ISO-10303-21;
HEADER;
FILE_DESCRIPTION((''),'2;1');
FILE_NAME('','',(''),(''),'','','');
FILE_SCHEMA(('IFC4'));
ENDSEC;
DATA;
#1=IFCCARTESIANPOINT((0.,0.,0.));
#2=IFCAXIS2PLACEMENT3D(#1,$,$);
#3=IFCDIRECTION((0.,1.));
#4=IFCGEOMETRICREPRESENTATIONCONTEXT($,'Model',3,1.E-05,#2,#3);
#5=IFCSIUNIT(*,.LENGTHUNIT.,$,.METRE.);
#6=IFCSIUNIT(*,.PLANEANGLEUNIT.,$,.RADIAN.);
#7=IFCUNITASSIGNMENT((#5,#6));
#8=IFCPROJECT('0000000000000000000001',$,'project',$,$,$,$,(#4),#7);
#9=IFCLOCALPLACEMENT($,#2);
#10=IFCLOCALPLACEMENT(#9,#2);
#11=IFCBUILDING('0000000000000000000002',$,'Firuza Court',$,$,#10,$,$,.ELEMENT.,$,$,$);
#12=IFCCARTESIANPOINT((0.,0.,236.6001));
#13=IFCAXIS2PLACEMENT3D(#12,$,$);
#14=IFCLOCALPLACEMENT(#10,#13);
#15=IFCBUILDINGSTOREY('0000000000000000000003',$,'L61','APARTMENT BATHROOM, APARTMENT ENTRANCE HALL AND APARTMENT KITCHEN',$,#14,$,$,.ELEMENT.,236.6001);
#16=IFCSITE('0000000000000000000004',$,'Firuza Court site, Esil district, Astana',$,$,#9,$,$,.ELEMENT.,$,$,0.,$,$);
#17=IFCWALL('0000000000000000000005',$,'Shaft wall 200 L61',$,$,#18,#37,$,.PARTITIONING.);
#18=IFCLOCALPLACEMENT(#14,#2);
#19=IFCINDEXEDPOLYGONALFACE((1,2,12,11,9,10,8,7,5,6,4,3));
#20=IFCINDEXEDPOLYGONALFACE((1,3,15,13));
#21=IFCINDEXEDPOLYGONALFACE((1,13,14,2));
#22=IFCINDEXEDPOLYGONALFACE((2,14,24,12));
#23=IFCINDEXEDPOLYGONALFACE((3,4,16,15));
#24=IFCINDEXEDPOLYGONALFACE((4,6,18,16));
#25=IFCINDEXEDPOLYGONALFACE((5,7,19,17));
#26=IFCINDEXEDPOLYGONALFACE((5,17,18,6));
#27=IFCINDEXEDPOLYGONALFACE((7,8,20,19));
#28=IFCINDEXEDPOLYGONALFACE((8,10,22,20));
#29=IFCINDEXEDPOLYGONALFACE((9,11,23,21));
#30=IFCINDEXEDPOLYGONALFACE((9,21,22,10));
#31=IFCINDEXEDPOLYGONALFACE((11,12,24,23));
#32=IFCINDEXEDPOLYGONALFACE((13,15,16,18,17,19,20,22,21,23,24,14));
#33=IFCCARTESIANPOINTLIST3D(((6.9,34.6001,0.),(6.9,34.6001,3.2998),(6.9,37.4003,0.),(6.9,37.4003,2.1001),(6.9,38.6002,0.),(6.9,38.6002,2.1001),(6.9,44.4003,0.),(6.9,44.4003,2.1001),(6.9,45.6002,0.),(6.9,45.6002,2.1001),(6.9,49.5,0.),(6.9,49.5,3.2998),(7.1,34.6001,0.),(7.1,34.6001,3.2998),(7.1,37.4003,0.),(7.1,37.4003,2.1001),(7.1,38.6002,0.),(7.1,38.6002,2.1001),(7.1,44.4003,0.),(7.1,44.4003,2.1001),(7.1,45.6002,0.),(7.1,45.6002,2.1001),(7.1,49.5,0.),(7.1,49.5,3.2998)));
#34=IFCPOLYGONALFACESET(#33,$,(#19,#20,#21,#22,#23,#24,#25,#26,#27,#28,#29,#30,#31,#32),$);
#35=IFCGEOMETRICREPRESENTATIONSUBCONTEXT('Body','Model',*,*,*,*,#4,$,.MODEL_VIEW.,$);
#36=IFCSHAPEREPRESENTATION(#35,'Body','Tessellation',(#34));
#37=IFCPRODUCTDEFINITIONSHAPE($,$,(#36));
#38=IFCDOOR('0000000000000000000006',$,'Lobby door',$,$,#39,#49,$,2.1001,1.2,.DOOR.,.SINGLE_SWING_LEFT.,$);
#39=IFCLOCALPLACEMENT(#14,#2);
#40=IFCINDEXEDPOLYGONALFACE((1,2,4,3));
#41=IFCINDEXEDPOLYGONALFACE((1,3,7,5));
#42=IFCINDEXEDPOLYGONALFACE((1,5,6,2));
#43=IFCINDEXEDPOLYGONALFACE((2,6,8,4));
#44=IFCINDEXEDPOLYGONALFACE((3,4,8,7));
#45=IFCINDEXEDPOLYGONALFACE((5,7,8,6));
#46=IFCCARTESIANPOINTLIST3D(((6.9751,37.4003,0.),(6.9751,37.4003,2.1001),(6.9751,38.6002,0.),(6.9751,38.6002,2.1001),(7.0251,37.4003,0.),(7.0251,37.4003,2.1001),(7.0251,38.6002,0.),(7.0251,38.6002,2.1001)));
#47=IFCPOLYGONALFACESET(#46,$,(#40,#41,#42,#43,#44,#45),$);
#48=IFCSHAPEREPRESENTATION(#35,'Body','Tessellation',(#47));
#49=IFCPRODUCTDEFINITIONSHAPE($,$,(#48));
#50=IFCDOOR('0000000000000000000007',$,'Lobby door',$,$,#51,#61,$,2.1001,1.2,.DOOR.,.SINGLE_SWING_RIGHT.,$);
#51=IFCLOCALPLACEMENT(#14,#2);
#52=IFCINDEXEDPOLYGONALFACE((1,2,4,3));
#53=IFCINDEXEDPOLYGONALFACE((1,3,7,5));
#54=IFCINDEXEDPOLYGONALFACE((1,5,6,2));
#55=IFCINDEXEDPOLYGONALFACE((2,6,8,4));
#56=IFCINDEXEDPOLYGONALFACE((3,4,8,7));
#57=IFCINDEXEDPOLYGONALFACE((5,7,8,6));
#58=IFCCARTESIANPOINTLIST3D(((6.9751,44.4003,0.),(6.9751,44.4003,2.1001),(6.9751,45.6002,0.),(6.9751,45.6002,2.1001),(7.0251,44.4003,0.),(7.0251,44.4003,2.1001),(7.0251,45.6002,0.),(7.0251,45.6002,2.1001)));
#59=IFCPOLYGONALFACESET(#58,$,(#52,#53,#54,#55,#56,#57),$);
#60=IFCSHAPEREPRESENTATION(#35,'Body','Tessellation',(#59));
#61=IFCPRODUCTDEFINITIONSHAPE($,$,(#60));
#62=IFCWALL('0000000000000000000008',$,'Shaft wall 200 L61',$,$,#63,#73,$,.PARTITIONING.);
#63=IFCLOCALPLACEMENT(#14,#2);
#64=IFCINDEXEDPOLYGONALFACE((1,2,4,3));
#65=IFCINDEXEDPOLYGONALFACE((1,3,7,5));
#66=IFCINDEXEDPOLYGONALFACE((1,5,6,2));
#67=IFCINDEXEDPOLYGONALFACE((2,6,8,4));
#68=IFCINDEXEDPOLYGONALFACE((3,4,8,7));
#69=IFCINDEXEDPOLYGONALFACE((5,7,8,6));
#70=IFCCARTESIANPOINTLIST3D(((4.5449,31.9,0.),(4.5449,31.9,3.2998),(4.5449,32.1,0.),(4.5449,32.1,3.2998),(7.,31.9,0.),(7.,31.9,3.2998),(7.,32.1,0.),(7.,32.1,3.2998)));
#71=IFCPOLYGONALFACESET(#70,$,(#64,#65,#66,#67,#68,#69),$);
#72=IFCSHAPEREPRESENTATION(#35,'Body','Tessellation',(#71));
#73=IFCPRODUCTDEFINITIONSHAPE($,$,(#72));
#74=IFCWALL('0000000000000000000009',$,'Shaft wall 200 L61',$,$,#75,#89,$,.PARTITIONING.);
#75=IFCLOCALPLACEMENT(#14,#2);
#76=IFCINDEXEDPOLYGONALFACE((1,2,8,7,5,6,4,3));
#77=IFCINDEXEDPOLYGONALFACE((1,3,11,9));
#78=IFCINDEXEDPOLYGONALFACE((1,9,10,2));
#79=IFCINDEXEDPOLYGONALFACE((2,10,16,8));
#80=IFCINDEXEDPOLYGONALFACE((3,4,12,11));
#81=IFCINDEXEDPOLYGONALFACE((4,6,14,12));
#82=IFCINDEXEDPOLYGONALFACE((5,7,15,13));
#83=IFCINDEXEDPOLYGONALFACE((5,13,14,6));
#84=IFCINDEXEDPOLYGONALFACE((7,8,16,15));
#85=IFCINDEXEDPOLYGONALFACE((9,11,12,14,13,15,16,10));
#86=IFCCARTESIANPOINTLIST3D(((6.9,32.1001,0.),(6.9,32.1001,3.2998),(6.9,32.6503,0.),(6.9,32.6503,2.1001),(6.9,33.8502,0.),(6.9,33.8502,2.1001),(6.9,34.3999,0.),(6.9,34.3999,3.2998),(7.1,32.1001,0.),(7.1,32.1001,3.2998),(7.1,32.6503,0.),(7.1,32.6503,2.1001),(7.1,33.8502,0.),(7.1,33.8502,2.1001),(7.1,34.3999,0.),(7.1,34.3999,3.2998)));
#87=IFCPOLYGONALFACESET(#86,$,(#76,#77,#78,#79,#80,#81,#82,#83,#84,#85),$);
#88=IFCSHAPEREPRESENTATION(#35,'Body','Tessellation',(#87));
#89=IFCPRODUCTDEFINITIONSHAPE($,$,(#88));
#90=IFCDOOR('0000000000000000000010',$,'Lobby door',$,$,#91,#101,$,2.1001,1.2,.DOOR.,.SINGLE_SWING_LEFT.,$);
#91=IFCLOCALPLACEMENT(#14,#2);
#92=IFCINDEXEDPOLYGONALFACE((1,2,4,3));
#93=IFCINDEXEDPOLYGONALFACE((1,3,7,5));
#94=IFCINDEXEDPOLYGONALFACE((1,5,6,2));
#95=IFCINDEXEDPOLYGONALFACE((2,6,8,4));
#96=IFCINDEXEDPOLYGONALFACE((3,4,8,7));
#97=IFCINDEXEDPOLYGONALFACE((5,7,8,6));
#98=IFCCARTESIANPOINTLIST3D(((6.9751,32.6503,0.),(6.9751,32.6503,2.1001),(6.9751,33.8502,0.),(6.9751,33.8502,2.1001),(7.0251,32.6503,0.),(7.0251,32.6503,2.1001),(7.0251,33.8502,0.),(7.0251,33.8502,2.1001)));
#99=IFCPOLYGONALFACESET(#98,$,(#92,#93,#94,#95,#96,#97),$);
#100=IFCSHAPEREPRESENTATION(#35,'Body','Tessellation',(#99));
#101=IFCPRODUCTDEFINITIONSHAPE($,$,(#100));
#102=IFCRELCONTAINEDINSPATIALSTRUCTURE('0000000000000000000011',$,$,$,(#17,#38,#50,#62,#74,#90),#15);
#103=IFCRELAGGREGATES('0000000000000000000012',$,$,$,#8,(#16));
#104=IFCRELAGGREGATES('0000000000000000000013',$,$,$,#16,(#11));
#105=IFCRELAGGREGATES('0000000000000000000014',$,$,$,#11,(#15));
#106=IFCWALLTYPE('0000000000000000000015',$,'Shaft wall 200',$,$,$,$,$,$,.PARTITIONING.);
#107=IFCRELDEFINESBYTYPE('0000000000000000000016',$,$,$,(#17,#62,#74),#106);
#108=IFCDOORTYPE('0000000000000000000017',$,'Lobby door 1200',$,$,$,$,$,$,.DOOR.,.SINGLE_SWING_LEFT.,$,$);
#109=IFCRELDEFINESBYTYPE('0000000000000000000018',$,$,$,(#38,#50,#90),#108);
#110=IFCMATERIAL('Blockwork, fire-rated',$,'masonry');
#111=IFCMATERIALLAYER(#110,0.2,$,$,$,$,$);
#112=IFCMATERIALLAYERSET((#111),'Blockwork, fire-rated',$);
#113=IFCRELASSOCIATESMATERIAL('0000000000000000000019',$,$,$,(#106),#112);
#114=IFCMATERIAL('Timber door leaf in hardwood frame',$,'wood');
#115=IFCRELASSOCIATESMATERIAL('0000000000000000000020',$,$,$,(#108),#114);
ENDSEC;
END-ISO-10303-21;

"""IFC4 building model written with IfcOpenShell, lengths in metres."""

from ifc_helpers import new_model, si_unit, direction, frame, frame_2d, origin, place, context, subcontext, project, spatial, rectangle, extrude, material, layer, layer_set, type_object, element, fill, save


model = new_model("IFC4")

# Units and contexts
model_context = context("Model", 3, precision=1e-05, world=origin(), true_north=direction((0.0, 1.0)))
body_context = subcontext(model_context, "Body", "Model", "MODEL_VIEW")
ifc_project = project(units=[si_unit("LENGTHUNIT", "METRE"), si_unit("PLANEANGLEUNIT", "RADIAN")], contexts=[model_context])

# Site, building, storey
site_placement = place(None, origin())
site = spatial("IfcSite", under=ifc_project, at=site_placement, Name="Firuza Court site, Esil district, Astana", CompositionType="ELEMENT", RefElevation=0.0)
building_placement = place(site_placement, origin())
building = spatial("IfcBuilding", under=site, at=building_placement, Name="Firuza Court", CompositionType="ELEMENT")
storey_placement = place(building_placement, frame((0.0, 0.0, 236.6001)))
storey = spatial("IfcBuildingStorey", under=building, at=storey_placement, Name="L61", Description="APARTMENT BATHROOM, APARTMENT ENTRANCE HALL AND APARTMENT KITCHEN", CompositionType="ELEMENT", Elevation=236.6001)

# Shared definitions
ifc_material_1 = material(Name="Blockwork, fire-rated", Category="masonry")
ifc_layer_1 = layer(ifc_material_1, 0.2)
ifc_layer_set_1 = layer_set([ifc_layer_1], Name="Blockwork, fire-rated")
wall_type_1 = type_object("IfcWallType", Name="Shaft wall 200", PredefinedType="PARTITIONING", material=ifc_layer_set_1)

# Wall, openings, doors
wall_1_placement = place(storey_placement, frame((7.0, 34.6001, 0.0), z_axis=(0.0, 0.0, 1.0), x_axis=(0.0, 1.0, 0.0)))
wall_1 = element("IfcWall", 1, at=wall_1_placement, inside=storey, type_object=wall_type_1, Name="Shaft wall 200 L61", PredefinedType="PARTITIONING", context=body_context, shape_type="SweptSolid", body=[
    extrude(rectangle(XDim=14.8999, YDim=0.2, at=frame_2d((7.45, 0.0))), origin(), (0.0, 0.0, 1.0), 3.2998),
])
opening_1_placement = place(wall_1_placement, frame((2.8, 0.0, 0.0)))
opening_1 = element("IfcOpeningElement", 2, at=opening_1_placement, cuts=wall_1, PredefinedType="OPENING", context=body_context, shape_type="SweptSolid", body=[
    extrude(rectangle(XDim=1.2, YDim=2.1001, at=frame_2d((0.6001, 1.05))), frame((0.0, 0.1118, 0.0), z_axis=(0.0, -1.0, 0.0), x_axis=(1.0, 0.0, 0.0)), (0.0, 0.0, 1.0), 0.2239),
])
opening_2_placement = place(wall_1_placement, frame((9.8, 0.0, 0.0)))
opening_2 = element("IfcOpeningElement", 3, at=opening_2_placement, cuts=wall_1, PredefinedType="OPENING", context=body_context, shape_type="SweptSolid", body=[
    extrude(rectangle(XDim=1.2, YDim=2.1001, at=frame_2d((0.6001, 1.05))), frame((0.0, 0.1118, 0.0), z_axis=(0.0, -1.0, 0.0), x_axis=(1.0, 0.0, 0.0)), (0.0, 0.0, 1.0), 0.2239),
])
ifc_material_2 = material(Name="Timber door leaf in hardwood frame", Category="wood")
door_type_1 = type_object("IfcDoorType", Name="Lobby door 1200", OperationType="SINGLE_SWING_LEFT", PredefinedType="DOOR", material=ifc_material_2)
door_1_placement = place(opening_1_placement, origin())
door_1 = element("IfcDoor", 4, at=door_1_placement, inside=storey, type_object=door_type_1, Name="Lobby door", OperationType="SINGLE_SWING_LEFT", OverallHeight=2.1001, OverallWidth=1.2, PredefinedType="DOOR", context=body_context, shape_type="SweptSolid", body=[
    extrude(rectangle(XDim=1.2, YDim=2.1001, at=frame_2d((0.6001, 1.05))), frame((0.0, 0.0249, 0.0), z_axis=(0.0, -1.0, 0.0), x_axis=(1.0, 0.0, 0.0)), (0.0, 0.0, 1.0), 0.05),
])
fill(opening_1, door_1)
door_2_placement = place(opening_2_placement, origin())
door_2 = element("IfcDoor", 5, at=door_2_placement, inside=storey, type_object=door_type_1, Name="Lobby door", OperationType="SINGLE_SWING_RIGHT", OverallHeight=2.1001, OverallWidth=1.2, PredefinedType="DOOR", context=body_context, shape_type="SweptSolid", body=[
    extrude(rectangle(XDim=1.2, YDim=2.1001, at=frame_2d((0.6001, 1.05))), frame((0.0, 0.0249, 0.0), z_axis=(0.0, -1.0, 0.0), x_axis=(1.0, 0.0, 0.0)), (0.0, 0.0, 1.0), 0.05),
])
fill(opening_2, door_2)

# Wall
wall_2_placement = place(storey_placement, frame((4.5449, 32.0, 0.0), z_axis=(0.0, 0.0, 1.0), x_axis=(1.0, 0.0, 0.0)))
element("IfcWall", 6, at=wall_2_placement, inside=storey, type_object=wall_type_1, Name="Shaft wall 200 L61", PredefinedType="PARTITIONING", context=body_context, shape_type="SweptSolid", body=[
    extrude(rectangle(XDim=2.4551, YDim=0.2, at=frame_2d((1.2275, 0.0))), origin(), (0.0, 0.0, 1.0), 3.2998),
])

# Wall, opening, door
wall_3_placement = place(storey_placement, frame((7.0, 32.1001, 0.0), z_axis=(0.0, 0.0, 1.0), x_axis=(0.0, 1.0, 0.0)))
wall_3 = element("IfcWall", 7, at=wall_3_placement, inside=storey, type_object=wall_type_1, Name="Shaft wall 200 L61", PredefinedType="PARTITIONING", context=body_context, shape_type="SweptSolid", body=[
    extrude(rectangle(XDim=2.2998, YDim=0.2, at=frame_2d((1.1499, 0.0))), origin(), (0.0, 0.0, 1.0), 3.2998),
])
opening_3_placement = place(wall_3_placement, frame((0.55, 0.0, 0.0)))
opening_3 = element("IfcOpeningElement", 8, at=opening_3_placement, cuts=wall_3, PredefinedType="OPENING", context=body_context, shape_type="SweptSolid", body=[
    extrude(rectangle(XDim=1.2, YDim=2.1001, at=frame_2d((0.6001, 1.05))), frame((0.0, 0.1118, 0.0), z_axis=(0.0, -1.0, 0.0), x_axis=(1.0, 0.0, 0.0)), (0.0, 0.0, 1.0), 0.2239),
])
door_3_placement = place(opening_3_placement, origin())
door_3 = element("IfcDoor", 9, at=door_3_placement, inside=storey, type_object=door_type_1, Name="Lobby door", OperationType="SINGLE_SWING_LEFT", OverallHeight=2.1001, OverallWidth=1.2, PredefinedType="DOOR", context=body_context, shape_type="SweptSolid", body=[
    extrude(rectangle(XDim=1.2, YDim=2.1001, at=frame_2d((0.6001, 1.05))), frame((0.0, 0.0249, 0.0), z_axis=(0.0, -1.0, 0.0), x_axis=(1.0, 0.0, 0.0)), (0.0, 0.0, 1.0), 0.05),
])
fill(opening_3, door_3)

save(model, "model.ifc")
